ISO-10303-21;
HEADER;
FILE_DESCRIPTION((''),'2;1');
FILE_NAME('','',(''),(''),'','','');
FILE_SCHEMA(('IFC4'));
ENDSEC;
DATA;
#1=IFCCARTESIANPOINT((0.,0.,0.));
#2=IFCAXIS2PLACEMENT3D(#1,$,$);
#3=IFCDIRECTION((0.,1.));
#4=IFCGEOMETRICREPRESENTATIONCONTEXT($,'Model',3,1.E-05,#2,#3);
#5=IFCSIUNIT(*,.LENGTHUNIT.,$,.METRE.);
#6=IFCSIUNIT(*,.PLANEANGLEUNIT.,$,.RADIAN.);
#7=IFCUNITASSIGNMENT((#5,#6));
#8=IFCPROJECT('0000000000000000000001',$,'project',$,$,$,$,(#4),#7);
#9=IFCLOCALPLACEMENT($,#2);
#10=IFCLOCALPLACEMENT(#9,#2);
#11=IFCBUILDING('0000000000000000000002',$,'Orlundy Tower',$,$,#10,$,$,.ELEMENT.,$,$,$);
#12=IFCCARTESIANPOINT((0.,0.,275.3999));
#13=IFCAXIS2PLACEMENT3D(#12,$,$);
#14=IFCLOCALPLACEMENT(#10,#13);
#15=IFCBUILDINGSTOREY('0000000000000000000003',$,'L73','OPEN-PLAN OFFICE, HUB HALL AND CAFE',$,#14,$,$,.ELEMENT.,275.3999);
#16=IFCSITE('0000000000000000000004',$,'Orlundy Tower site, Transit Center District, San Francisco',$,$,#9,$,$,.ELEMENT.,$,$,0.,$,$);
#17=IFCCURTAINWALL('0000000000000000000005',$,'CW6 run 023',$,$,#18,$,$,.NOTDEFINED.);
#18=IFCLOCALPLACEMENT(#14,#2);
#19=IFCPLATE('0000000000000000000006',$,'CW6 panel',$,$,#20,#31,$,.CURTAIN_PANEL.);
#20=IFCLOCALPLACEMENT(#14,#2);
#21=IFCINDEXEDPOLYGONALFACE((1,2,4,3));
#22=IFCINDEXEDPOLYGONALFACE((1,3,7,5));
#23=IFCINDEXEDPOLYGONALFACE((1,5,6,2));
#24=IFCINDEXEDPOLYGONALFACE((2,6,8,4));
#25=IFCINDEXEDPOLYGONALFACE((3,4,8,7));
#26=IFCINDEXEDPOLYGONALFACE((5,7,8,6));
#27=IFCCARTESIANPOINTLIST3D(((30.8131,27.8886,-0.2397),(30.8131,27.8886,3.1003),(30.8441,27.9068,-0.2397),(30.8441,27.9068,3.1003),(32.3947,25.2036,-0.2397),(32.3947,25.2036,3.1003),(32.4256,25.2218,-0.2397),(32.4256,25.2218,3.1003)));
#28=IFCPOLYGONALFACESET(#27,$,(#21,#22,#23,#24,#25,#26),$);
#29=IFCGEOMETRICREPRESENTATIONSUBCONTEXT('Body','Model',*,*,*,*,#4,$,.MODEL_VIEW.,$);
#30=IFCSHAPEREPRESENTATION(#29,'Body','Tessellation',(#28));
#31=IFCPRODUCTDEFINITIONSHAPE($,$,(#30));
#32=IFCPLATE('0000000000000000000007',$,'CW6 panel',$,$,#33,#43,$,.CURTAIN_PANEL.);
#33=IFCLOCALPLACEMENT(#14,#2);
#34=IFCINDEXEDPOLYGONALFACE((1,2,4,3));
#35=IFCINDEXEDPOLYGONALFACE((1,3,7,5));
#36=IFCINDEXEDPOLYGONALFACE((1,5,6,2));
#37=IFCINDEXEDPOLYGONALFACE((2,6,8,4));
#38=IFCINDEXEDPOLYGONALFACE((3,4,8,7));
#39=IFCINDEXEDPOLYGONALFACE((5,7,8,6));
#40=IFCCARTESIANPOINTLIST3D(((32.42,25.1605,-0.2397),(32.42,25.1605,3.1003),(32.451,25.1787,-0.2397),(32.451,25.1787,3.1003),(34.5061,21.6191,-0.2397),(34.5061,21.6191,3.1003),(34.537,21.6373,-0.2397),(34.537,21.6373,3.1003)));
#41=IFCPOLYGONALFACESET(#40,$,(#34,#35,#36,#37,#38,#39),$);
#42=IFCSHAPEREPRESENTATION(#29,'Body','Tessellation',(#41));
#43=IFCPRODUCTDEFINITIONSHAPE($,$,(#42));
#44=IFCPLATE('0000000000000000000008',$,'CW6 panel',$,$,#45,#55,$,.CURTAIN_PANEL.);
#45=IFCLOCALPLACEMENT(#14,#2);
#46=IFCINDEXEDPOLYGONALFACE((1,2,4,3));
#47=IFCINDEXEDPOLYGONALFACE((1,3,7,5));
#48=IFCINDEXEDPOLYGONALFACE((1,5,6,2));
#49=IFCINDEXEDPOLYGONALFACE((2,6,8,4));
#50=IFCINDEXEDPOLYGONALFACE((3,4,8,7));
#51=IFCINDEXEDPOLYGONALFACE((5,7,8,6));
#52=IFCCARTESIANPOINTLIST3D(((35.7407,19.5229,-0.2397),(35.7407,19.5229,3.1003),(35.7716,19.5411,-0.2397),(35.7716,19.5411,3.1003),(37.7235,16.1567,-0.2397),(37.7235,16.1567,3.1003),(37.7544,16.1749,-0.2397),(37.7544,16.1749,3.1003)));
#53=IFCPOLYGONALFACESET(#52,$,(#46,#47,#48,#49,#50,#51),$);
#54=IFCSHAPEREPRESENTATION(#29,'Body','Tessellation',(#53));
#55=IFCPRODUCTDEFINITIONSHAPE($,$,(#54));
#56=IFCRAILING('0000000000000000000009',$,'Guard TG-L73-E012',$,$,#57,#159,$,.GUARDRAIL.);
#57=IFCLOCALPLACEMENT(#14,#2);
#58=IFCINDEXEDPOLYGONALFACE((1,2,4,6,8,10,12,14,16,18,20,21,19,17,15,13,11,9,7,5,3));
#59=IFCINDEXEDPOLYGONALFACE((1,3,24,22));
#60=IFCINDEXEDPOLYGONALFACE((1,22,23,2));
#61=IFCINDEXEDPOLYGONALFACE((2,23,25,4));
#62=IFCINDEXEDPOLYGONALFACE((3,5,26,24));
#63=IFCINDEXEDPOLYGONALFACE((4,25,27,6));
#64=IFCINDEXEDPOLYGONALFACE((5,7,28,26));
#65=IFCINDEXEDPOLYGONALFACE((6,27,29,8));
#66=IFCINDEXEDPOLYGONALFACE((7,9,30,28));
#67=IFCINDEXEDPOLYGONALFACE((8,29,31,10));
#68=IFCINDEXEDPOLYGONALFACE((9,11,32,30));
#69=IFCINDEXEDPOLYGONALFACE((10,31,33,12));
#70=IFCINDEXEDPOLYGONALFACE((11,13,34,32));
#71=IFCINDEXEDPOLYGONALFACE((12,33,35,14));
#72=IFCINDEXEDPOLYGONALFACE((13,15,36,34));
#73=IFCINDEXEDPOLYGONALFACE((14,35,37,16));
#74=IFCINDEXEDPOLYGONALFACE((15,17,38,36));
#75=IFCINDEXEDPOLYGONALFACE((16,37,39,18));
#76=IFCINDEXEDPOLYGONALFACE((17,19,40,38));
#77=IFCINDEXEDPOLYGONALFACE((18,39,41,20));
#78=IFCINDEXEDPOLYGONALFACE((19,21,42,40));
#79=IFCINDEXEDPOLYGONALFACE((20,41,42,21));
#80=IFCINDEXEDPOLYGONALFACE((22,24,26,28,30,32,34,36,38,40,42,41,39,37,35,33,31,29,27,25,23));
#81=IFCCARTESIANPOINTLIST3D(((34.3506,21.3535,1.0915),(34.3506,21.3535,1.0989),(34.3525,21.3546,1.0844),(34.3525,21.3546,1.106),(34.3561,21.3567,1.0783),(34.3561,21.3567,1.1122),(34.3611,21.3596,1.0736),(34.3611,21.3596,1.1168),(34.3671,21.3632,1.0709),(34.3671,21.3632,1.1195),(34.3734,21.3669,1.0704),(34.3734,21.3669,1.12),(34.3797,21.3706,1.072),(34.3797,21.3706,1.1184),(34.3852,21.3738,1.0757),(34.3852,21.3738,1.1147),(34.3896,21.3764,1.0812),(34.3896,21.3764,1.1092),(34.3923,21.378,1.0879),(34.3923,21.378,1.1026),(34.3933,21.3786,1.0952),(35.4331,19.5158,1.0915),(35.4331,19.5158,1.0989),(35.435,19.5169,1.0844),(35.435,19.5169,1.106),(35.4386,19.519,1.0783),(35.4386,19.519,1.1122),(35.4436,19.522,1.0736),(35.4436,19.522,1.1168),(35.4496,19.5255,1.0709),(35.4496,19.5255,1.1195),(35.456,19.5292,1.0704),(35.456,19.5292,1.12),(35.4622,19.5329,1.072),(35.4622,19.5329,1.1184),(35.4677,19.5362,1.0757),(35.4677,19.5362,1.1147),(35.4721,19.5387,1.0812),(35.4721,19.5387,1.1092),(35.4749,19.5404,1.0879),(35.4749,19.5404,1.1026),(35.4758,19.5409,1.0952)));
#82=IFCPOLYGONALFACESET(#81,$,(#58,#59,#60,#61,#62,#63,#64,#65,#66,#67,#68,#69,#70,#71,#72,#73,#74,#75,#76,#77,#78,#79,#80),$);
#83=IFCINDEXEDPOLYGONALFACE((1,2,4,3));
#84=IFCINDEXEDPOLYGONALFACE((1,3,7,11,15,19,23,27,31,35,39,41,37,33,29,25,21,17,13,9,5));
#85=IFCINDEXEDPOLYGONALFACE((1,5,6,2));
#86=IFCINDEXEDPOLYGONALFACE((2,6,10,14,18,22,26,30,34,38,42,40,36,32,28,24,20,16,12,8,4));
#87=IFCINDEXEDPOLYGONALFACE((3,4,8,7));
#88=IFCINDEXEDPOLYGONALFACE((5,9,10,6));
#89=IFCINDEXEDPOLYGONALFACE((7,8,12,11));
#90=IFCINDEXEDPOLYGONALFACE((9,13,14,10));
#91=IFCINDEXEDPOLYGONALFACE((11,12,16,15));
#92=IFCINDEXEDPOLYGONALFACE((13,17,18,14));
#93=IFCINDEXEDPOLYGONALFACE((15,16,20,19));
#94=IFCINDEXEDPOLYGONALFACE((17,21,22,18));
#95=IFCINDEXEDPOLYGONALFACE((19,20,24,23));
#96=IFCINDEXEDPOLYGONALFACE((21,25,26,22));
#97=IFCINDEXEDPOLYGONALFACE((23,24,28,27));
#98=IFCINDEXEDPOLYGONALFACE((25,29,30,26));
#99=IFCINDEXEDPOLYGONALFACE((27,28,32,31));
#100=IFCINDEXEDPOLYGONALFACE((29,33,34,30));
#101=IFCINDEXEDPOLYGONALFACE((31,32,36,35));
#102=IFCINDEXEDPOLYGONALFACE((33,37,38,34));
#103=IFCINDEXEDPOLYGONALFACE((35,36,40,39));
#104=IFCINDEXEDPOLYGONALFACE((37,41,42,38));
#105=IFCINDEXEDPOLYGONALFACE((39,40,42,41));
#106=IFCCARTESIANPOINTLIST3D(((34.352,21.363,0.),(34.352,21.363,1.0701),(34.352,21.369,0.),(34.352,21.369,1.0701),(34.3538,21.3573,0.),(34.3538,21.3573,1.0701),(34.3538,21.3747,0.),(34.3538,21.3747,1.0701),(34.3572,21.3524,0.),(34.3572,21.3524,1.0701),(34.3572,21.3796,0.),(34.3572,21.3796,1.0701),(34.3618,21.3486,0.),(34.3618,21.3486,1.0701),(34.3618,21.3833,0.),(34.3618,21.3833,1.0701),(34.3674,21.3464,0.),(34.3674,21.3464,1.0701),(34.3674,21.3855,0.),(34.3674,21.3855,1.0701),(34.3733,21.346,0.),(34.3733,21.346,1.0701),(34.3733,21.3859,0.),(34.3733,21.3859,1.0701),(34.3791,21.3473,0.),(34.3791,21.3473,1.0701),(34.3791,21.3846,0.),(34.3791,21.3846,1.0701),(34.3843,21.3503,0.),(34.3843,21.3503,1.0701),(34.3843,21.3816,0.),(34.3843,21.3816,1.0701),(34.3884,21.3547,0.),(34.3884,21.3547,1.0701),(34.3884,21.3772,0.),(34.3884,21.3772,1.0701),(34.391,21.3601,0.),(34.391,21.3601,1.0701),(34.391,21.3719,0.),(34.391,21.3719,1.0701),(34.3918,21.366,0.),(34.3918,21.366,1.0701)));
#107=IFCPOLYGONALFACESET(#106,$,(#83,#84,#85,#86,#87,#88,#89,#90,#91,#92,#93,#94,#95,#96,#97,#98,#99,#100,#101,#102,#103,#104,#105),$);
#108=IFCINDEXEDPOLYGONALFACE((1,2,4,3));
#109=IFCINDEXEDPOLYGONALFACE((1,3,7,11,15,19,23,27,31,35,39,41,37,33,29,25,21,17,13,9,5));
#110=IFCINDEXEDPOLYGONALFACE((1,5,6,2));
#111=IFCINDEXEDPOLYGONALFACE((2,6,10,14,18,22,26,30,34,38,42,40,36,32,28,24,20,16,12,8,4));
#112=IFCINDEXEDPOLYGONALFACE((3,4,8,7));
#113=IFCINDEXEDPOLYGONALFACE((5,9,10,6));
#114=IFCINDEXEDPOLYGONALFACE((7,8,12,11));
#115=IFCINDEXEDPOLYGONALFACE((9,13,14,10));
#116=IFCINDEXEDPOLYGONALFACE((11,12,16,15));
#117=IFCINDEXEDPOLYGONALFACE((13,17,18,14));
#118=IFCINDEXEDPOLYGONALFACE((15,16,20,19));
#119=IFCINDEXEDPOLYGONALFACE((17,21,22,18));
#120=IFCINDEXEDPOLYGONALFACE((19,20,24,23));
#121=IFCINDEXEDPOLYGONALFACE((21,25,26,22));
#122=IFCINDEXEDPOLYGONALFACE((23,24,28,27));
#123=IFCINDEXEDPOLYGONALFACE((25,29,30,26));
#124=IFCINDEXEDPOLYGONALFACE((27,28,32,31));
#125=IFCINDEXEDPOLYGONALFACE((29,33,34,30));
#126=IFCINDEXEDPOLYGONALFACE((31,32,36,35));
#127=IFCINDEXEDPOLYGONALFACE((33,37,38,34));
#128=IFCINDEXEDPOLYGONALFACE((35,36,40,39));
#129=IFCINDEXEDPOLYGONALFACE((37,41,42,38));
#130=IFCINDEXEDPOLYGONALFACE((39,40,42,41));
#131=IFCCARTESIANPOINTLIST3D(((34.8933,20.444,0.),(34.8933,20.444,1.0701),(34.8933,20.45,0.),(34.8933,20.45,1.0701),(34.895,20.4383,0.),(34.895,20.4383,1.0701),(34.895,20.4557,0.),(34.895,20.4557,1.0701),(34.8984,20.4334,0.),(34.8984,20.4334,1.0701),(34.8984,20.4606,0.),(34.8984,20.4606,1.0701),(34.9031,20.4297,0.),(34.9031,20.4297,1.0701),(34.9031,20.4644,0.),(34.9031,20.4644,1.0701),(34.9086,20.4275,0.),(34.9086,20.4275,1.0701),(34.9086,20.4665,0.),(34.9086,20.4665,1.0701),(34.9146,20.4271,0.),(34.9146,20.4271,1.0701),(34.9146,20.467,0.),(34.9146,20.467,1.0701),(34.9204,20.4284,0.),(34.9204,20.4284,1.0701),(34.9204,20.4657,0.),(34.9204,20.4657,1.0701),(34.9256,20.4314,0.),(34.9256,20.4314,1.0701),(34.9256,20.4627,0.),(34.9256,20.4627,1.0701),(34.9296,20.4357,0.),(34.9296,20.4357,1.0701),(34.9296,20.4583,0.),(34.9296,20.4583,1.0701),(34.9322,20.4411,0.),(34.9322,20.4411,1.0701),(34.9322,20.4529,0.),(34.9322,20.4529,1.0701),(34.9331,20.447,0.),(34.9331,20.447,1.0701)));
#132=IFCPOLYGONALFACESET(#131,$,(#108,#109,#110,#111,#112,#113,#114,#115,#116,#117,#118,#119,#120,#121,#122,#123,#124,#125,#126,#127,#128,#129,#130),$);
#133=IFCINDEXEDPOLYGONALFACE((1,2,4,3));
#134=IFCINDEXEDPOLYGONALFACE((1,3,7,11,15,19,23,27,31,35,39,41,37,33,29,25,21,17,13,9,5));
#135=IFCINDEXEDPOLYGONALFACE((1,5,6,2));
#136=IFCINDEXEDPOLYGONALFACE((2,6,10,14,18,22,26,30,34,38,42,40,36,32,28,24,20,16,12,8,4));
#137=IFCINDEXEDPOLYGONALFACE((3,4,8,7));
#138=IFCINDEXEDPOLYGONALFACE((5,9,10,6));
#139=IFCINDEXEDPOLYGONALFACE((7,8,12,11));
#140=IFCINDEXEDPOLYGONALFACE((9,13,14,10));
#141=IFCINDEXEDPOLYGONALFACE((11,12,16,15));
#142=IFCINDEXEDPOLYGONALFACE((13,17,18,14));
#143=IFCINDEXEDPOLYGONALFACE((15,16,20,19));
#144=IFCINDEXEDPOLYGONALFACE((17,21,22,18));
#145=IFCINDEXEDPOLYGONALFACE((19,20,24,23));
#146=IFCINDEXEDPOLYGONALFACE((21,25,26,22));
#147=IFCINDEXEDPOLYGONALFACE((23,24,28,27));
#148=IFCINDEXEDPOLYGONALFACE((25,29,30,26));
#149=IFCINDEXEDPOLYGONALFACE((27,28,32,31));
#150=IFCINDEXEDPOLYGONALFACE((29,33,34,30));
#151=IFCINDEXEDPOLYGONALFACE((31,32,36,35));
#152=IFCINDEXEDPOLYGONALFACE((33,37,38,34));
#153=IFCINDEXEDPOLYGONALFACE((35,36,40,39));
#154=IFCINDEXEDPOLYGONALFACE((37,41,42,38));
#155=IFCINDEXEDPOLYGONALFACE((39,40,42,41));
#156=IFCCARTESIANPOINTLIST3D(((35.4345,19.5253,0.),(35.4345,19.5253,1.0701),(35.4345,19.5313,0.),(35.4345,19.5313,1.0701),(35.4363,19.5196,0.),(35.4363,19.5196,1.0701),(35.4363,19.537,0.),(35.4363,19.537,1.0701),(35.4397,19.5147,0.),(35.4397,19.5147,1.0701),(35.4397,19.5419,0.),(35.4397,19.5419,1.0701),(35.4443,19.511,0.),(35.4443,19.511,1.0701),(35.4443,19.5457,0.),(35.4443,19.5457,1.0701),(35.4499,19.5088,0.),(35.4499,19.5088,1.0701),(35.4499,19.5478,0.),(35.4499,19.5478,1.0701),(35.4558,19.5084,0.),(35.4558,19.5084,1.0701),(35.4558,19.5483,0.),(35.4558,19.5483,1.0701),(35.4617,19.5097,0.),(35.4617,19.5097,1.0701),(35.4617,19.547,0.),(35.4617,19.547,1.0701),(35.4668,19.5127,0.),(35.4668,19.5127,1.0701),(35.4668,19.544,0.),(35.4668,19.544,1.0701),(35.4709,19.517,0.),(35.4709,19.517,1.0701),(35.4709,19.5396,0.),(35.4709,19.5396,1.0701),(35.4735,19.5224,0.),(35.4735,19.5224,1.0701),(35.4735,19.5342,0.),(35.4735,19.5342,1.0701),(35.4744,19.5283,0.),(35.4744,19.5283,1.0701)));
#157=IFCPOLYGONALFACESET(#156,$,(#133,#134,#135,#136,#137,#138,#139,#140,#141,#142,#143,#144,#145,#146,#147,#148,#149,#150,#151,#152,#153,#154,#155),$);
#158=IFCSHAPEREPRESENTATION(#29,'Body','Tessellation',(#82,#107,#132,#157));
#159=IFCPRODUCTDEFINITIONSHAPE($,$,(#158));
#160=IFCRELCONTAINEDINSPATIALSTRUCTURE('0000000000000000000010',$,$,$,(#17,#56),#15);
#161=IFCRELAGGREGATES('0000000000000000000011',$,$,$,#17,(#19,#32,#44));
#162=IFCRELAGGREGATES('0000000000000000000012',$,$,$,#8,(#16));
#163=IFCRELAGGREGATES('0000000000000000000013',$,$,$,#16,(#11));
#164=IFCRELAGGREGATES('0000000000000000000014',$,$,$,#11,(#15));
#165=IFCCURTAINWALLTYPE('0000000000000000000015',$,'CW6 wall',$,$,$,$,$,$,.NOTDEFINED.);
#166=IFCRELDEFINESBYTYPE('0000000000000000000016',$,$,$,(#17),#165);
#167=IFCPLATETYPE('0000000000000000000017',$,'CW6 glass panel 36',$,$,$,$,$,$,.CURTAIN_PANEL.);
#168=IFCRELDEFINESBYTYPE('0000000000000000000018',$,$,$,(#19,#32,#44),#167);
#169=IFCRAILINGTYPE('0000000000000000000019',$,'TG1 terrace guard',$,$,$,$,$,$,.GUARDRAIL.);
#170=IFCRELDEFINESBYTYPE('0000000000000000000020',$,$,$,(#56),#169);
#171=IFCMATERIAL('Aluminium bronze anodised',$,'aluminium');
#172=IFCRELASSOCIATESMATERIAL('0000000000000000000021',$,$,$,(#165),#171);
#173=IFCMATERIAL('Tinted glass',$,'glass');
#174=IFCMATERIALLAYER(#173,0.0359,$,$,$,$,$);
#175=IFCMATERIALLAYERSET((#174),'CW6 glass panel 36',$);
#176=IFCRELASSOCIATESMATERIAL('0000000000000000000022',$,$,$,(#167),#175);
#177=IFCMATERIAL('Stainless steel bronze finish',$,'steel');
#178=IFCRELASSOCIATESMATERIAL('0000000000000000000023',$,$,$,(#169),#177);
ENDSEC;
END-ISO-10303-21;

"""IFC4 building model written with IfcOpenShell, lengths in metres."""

from ifc_helpers import new_model, si_unit, direction, frame, origin, origin_2d, place, context, subcontext, project, spatial, rectangle, circle, extrude, material, layer, layer_set, type_object, element, aggregate, save


model = new_model("IFC4")

# Units and contexts
model_context = context("Model", 3, precision=1e-05, world=origin(), true_north=direction((0.0, 1.0)))
body_context = subcontext(model_context, "Body", "Model", "MODEL_VIEW")
ifc_project = project(units=[si_unit("LENGTHUNIT", "METRE"), si_unit("PLANEANGLEUNIT", "RADIAN")], contexts=[model_context])

# Site, building, storey
site_placement = place(None, origin())
site = spatial("IfcSite", under=ifc_project, at=site_placement, Name="Orlundy Tower site, Transit Center District, San Francisco", CompositionType="ELEMENT", RefElevation=0.0)
building_placement = place(site_placement, origin())
building = spatial("IfcBuilding", under=site, at=building_placement, Name="Orlundy Tower", CompositionType="ELEMENT")
storey_placement = place(building_placement, frame((0.0, 0.0, 275.3999)))
storey = spatial("IfcBuildingStorey", under=building, at=storey_placement, Name="L73", Description="OPEN-PLAN OFFICE, HUB HALL AND CAFE", CompositionType="ELEMENT", Elevation=275.3999)

# Shared definitions
ifc_material_1 = material(Name="Aluminium bronze anodised", Category="aluminium")
curtain_wall_type = type_object("IfcCurtainWallType", Name="CW6 wall", PredefinedType="NOTDEFINED", material=ifc_material_1)

# Curtain wall
curtain_wall_1_placement = place(storey_placement, origin())
curtain_wall_1 = element("IfcCurtainWall", 1, at=curtain_wall_1_placement, inside=storey, type_object=curtain_wall_type, Name="CW6 run 023", PredefinedType="NOTDEFINED")

# Plates
ifc_material_2 = material(Name="Tinted glass", Category="glass")
ifc_layer = layer(ifc_material_2, 0.0359)
ifc_layer_set = layer_set([ifc_layer], Name="CW6 glass panel 36")
plate_type = type_object("IfcPlateType", Name="CW6 glass panel 36", PredefinedType="CURTAIN_PANEL", material=ifc_layer_set)
plate_1_placement = place(storey_placement, frame((31.6194, 26.5552, -0.2397), z_axis=(0.0, 0.0, 1.0), x_axis=(0.507532, -0.861633, 0.0)))
plate_1 = element("IfcPlate", 2, at=plate_1_placement, type_object=plate_type, Name="CW6 panel", PredefinedType="CURTAIN_PANEL", context=body_context, shape_type="SweptSolid", body=[
    extrude(rectangle(XDim=3.1162, YDim=0.0359, at=origin_2d()), origin(), (0.0, 0.0, 1.0), 3.3401),
])
plate_2_placement = place(storey_placement, frame((33.4785, 23.3989, -0.2397), z_axis=(0.0, 0.0, 1.0), x_axis=(0.507532, -0.861633, 0.0)))
plate_2 = element("IfcPlate", 3, at=plate_2_placement, type_object=plate_type, Name="CW6 panel", PredefinedType="CURTAIN_PANEL", context=body_context, shape_type="SweptSolid", body=[
    extrude(rectangle(XDim=4.1101, YDim=0.0359, at=origin_2d()), origin(), (0.0, 0.0, 1.0), 3.3401),
])
plate_3_placement = place(storey_placement, frame((36.7476, 17.8489, -0.2397), z_axis=(0.0, 0.0, 1.0), x_axis=(0.507532, -0.861633, 0.0)))
plate_3 = element("IfcPlate", 4, at=plate_3_placement, type_object=plate_type, Name="CW6 panel", PredefinedType="CURTAIN_PANEL", context=body_context, shape_type="SweptSolid", body=[
    extrude(rectangle(XDim=3.9067, YDim=0.0359, at=origin_2d()), origin(), (0.0, 0.0, 1.0), 3.3401),
])
aggregate(curtain_wall_1, [plate_1, plate_2, plate_3])

# Railing
ifc_material_3 = material(Name="Stainless steel bronze finish", Category="steel")
railing_type = type_object("IfcRailingType", Name="TG1 terrace guard", PredefinedType="GUARDRAIL", material=ifc_material_3)
railing_1_placement = place(storey_placement, frame((34.3718, 21.366, 0.0)))
element("IfcRailing", 5, at=railing_1_placement, inside=storey, type_object=railing_type, Name="Guard TG-L73-E012", PredefinedType="GUARDRAIL", context=body_context, shape_type="SweptSolid", body=[
    extrude(circle(Radius=0.0249, at=origin_2d()), frame((0.0, 0.0, 1.0952), z_axis=(0.50756, -0.861616, 0.0), x_axis=(0.861616, 0.50756, 0.0)), (0.0, 0.0, 1.0), 2.1328),
    extrude(circle(Radius=0.02, at=origin_2d()), origin(), (0.0, 0.0, 1.0), 1.0701),
    extrude(circle(Radius=0.02, at=origin_2d()), frame((0.5413, -0.9189, 0.0)), (0.0, 0.0, 1.0), 1.0701),
    extrude(circle(Radius=0.02, at=origin_2d()), frame((1.0825, -1.8376, 0.0)), (0.0, 0.0, 1.0), 1.0701),
])

save(model, "model.ifc")
